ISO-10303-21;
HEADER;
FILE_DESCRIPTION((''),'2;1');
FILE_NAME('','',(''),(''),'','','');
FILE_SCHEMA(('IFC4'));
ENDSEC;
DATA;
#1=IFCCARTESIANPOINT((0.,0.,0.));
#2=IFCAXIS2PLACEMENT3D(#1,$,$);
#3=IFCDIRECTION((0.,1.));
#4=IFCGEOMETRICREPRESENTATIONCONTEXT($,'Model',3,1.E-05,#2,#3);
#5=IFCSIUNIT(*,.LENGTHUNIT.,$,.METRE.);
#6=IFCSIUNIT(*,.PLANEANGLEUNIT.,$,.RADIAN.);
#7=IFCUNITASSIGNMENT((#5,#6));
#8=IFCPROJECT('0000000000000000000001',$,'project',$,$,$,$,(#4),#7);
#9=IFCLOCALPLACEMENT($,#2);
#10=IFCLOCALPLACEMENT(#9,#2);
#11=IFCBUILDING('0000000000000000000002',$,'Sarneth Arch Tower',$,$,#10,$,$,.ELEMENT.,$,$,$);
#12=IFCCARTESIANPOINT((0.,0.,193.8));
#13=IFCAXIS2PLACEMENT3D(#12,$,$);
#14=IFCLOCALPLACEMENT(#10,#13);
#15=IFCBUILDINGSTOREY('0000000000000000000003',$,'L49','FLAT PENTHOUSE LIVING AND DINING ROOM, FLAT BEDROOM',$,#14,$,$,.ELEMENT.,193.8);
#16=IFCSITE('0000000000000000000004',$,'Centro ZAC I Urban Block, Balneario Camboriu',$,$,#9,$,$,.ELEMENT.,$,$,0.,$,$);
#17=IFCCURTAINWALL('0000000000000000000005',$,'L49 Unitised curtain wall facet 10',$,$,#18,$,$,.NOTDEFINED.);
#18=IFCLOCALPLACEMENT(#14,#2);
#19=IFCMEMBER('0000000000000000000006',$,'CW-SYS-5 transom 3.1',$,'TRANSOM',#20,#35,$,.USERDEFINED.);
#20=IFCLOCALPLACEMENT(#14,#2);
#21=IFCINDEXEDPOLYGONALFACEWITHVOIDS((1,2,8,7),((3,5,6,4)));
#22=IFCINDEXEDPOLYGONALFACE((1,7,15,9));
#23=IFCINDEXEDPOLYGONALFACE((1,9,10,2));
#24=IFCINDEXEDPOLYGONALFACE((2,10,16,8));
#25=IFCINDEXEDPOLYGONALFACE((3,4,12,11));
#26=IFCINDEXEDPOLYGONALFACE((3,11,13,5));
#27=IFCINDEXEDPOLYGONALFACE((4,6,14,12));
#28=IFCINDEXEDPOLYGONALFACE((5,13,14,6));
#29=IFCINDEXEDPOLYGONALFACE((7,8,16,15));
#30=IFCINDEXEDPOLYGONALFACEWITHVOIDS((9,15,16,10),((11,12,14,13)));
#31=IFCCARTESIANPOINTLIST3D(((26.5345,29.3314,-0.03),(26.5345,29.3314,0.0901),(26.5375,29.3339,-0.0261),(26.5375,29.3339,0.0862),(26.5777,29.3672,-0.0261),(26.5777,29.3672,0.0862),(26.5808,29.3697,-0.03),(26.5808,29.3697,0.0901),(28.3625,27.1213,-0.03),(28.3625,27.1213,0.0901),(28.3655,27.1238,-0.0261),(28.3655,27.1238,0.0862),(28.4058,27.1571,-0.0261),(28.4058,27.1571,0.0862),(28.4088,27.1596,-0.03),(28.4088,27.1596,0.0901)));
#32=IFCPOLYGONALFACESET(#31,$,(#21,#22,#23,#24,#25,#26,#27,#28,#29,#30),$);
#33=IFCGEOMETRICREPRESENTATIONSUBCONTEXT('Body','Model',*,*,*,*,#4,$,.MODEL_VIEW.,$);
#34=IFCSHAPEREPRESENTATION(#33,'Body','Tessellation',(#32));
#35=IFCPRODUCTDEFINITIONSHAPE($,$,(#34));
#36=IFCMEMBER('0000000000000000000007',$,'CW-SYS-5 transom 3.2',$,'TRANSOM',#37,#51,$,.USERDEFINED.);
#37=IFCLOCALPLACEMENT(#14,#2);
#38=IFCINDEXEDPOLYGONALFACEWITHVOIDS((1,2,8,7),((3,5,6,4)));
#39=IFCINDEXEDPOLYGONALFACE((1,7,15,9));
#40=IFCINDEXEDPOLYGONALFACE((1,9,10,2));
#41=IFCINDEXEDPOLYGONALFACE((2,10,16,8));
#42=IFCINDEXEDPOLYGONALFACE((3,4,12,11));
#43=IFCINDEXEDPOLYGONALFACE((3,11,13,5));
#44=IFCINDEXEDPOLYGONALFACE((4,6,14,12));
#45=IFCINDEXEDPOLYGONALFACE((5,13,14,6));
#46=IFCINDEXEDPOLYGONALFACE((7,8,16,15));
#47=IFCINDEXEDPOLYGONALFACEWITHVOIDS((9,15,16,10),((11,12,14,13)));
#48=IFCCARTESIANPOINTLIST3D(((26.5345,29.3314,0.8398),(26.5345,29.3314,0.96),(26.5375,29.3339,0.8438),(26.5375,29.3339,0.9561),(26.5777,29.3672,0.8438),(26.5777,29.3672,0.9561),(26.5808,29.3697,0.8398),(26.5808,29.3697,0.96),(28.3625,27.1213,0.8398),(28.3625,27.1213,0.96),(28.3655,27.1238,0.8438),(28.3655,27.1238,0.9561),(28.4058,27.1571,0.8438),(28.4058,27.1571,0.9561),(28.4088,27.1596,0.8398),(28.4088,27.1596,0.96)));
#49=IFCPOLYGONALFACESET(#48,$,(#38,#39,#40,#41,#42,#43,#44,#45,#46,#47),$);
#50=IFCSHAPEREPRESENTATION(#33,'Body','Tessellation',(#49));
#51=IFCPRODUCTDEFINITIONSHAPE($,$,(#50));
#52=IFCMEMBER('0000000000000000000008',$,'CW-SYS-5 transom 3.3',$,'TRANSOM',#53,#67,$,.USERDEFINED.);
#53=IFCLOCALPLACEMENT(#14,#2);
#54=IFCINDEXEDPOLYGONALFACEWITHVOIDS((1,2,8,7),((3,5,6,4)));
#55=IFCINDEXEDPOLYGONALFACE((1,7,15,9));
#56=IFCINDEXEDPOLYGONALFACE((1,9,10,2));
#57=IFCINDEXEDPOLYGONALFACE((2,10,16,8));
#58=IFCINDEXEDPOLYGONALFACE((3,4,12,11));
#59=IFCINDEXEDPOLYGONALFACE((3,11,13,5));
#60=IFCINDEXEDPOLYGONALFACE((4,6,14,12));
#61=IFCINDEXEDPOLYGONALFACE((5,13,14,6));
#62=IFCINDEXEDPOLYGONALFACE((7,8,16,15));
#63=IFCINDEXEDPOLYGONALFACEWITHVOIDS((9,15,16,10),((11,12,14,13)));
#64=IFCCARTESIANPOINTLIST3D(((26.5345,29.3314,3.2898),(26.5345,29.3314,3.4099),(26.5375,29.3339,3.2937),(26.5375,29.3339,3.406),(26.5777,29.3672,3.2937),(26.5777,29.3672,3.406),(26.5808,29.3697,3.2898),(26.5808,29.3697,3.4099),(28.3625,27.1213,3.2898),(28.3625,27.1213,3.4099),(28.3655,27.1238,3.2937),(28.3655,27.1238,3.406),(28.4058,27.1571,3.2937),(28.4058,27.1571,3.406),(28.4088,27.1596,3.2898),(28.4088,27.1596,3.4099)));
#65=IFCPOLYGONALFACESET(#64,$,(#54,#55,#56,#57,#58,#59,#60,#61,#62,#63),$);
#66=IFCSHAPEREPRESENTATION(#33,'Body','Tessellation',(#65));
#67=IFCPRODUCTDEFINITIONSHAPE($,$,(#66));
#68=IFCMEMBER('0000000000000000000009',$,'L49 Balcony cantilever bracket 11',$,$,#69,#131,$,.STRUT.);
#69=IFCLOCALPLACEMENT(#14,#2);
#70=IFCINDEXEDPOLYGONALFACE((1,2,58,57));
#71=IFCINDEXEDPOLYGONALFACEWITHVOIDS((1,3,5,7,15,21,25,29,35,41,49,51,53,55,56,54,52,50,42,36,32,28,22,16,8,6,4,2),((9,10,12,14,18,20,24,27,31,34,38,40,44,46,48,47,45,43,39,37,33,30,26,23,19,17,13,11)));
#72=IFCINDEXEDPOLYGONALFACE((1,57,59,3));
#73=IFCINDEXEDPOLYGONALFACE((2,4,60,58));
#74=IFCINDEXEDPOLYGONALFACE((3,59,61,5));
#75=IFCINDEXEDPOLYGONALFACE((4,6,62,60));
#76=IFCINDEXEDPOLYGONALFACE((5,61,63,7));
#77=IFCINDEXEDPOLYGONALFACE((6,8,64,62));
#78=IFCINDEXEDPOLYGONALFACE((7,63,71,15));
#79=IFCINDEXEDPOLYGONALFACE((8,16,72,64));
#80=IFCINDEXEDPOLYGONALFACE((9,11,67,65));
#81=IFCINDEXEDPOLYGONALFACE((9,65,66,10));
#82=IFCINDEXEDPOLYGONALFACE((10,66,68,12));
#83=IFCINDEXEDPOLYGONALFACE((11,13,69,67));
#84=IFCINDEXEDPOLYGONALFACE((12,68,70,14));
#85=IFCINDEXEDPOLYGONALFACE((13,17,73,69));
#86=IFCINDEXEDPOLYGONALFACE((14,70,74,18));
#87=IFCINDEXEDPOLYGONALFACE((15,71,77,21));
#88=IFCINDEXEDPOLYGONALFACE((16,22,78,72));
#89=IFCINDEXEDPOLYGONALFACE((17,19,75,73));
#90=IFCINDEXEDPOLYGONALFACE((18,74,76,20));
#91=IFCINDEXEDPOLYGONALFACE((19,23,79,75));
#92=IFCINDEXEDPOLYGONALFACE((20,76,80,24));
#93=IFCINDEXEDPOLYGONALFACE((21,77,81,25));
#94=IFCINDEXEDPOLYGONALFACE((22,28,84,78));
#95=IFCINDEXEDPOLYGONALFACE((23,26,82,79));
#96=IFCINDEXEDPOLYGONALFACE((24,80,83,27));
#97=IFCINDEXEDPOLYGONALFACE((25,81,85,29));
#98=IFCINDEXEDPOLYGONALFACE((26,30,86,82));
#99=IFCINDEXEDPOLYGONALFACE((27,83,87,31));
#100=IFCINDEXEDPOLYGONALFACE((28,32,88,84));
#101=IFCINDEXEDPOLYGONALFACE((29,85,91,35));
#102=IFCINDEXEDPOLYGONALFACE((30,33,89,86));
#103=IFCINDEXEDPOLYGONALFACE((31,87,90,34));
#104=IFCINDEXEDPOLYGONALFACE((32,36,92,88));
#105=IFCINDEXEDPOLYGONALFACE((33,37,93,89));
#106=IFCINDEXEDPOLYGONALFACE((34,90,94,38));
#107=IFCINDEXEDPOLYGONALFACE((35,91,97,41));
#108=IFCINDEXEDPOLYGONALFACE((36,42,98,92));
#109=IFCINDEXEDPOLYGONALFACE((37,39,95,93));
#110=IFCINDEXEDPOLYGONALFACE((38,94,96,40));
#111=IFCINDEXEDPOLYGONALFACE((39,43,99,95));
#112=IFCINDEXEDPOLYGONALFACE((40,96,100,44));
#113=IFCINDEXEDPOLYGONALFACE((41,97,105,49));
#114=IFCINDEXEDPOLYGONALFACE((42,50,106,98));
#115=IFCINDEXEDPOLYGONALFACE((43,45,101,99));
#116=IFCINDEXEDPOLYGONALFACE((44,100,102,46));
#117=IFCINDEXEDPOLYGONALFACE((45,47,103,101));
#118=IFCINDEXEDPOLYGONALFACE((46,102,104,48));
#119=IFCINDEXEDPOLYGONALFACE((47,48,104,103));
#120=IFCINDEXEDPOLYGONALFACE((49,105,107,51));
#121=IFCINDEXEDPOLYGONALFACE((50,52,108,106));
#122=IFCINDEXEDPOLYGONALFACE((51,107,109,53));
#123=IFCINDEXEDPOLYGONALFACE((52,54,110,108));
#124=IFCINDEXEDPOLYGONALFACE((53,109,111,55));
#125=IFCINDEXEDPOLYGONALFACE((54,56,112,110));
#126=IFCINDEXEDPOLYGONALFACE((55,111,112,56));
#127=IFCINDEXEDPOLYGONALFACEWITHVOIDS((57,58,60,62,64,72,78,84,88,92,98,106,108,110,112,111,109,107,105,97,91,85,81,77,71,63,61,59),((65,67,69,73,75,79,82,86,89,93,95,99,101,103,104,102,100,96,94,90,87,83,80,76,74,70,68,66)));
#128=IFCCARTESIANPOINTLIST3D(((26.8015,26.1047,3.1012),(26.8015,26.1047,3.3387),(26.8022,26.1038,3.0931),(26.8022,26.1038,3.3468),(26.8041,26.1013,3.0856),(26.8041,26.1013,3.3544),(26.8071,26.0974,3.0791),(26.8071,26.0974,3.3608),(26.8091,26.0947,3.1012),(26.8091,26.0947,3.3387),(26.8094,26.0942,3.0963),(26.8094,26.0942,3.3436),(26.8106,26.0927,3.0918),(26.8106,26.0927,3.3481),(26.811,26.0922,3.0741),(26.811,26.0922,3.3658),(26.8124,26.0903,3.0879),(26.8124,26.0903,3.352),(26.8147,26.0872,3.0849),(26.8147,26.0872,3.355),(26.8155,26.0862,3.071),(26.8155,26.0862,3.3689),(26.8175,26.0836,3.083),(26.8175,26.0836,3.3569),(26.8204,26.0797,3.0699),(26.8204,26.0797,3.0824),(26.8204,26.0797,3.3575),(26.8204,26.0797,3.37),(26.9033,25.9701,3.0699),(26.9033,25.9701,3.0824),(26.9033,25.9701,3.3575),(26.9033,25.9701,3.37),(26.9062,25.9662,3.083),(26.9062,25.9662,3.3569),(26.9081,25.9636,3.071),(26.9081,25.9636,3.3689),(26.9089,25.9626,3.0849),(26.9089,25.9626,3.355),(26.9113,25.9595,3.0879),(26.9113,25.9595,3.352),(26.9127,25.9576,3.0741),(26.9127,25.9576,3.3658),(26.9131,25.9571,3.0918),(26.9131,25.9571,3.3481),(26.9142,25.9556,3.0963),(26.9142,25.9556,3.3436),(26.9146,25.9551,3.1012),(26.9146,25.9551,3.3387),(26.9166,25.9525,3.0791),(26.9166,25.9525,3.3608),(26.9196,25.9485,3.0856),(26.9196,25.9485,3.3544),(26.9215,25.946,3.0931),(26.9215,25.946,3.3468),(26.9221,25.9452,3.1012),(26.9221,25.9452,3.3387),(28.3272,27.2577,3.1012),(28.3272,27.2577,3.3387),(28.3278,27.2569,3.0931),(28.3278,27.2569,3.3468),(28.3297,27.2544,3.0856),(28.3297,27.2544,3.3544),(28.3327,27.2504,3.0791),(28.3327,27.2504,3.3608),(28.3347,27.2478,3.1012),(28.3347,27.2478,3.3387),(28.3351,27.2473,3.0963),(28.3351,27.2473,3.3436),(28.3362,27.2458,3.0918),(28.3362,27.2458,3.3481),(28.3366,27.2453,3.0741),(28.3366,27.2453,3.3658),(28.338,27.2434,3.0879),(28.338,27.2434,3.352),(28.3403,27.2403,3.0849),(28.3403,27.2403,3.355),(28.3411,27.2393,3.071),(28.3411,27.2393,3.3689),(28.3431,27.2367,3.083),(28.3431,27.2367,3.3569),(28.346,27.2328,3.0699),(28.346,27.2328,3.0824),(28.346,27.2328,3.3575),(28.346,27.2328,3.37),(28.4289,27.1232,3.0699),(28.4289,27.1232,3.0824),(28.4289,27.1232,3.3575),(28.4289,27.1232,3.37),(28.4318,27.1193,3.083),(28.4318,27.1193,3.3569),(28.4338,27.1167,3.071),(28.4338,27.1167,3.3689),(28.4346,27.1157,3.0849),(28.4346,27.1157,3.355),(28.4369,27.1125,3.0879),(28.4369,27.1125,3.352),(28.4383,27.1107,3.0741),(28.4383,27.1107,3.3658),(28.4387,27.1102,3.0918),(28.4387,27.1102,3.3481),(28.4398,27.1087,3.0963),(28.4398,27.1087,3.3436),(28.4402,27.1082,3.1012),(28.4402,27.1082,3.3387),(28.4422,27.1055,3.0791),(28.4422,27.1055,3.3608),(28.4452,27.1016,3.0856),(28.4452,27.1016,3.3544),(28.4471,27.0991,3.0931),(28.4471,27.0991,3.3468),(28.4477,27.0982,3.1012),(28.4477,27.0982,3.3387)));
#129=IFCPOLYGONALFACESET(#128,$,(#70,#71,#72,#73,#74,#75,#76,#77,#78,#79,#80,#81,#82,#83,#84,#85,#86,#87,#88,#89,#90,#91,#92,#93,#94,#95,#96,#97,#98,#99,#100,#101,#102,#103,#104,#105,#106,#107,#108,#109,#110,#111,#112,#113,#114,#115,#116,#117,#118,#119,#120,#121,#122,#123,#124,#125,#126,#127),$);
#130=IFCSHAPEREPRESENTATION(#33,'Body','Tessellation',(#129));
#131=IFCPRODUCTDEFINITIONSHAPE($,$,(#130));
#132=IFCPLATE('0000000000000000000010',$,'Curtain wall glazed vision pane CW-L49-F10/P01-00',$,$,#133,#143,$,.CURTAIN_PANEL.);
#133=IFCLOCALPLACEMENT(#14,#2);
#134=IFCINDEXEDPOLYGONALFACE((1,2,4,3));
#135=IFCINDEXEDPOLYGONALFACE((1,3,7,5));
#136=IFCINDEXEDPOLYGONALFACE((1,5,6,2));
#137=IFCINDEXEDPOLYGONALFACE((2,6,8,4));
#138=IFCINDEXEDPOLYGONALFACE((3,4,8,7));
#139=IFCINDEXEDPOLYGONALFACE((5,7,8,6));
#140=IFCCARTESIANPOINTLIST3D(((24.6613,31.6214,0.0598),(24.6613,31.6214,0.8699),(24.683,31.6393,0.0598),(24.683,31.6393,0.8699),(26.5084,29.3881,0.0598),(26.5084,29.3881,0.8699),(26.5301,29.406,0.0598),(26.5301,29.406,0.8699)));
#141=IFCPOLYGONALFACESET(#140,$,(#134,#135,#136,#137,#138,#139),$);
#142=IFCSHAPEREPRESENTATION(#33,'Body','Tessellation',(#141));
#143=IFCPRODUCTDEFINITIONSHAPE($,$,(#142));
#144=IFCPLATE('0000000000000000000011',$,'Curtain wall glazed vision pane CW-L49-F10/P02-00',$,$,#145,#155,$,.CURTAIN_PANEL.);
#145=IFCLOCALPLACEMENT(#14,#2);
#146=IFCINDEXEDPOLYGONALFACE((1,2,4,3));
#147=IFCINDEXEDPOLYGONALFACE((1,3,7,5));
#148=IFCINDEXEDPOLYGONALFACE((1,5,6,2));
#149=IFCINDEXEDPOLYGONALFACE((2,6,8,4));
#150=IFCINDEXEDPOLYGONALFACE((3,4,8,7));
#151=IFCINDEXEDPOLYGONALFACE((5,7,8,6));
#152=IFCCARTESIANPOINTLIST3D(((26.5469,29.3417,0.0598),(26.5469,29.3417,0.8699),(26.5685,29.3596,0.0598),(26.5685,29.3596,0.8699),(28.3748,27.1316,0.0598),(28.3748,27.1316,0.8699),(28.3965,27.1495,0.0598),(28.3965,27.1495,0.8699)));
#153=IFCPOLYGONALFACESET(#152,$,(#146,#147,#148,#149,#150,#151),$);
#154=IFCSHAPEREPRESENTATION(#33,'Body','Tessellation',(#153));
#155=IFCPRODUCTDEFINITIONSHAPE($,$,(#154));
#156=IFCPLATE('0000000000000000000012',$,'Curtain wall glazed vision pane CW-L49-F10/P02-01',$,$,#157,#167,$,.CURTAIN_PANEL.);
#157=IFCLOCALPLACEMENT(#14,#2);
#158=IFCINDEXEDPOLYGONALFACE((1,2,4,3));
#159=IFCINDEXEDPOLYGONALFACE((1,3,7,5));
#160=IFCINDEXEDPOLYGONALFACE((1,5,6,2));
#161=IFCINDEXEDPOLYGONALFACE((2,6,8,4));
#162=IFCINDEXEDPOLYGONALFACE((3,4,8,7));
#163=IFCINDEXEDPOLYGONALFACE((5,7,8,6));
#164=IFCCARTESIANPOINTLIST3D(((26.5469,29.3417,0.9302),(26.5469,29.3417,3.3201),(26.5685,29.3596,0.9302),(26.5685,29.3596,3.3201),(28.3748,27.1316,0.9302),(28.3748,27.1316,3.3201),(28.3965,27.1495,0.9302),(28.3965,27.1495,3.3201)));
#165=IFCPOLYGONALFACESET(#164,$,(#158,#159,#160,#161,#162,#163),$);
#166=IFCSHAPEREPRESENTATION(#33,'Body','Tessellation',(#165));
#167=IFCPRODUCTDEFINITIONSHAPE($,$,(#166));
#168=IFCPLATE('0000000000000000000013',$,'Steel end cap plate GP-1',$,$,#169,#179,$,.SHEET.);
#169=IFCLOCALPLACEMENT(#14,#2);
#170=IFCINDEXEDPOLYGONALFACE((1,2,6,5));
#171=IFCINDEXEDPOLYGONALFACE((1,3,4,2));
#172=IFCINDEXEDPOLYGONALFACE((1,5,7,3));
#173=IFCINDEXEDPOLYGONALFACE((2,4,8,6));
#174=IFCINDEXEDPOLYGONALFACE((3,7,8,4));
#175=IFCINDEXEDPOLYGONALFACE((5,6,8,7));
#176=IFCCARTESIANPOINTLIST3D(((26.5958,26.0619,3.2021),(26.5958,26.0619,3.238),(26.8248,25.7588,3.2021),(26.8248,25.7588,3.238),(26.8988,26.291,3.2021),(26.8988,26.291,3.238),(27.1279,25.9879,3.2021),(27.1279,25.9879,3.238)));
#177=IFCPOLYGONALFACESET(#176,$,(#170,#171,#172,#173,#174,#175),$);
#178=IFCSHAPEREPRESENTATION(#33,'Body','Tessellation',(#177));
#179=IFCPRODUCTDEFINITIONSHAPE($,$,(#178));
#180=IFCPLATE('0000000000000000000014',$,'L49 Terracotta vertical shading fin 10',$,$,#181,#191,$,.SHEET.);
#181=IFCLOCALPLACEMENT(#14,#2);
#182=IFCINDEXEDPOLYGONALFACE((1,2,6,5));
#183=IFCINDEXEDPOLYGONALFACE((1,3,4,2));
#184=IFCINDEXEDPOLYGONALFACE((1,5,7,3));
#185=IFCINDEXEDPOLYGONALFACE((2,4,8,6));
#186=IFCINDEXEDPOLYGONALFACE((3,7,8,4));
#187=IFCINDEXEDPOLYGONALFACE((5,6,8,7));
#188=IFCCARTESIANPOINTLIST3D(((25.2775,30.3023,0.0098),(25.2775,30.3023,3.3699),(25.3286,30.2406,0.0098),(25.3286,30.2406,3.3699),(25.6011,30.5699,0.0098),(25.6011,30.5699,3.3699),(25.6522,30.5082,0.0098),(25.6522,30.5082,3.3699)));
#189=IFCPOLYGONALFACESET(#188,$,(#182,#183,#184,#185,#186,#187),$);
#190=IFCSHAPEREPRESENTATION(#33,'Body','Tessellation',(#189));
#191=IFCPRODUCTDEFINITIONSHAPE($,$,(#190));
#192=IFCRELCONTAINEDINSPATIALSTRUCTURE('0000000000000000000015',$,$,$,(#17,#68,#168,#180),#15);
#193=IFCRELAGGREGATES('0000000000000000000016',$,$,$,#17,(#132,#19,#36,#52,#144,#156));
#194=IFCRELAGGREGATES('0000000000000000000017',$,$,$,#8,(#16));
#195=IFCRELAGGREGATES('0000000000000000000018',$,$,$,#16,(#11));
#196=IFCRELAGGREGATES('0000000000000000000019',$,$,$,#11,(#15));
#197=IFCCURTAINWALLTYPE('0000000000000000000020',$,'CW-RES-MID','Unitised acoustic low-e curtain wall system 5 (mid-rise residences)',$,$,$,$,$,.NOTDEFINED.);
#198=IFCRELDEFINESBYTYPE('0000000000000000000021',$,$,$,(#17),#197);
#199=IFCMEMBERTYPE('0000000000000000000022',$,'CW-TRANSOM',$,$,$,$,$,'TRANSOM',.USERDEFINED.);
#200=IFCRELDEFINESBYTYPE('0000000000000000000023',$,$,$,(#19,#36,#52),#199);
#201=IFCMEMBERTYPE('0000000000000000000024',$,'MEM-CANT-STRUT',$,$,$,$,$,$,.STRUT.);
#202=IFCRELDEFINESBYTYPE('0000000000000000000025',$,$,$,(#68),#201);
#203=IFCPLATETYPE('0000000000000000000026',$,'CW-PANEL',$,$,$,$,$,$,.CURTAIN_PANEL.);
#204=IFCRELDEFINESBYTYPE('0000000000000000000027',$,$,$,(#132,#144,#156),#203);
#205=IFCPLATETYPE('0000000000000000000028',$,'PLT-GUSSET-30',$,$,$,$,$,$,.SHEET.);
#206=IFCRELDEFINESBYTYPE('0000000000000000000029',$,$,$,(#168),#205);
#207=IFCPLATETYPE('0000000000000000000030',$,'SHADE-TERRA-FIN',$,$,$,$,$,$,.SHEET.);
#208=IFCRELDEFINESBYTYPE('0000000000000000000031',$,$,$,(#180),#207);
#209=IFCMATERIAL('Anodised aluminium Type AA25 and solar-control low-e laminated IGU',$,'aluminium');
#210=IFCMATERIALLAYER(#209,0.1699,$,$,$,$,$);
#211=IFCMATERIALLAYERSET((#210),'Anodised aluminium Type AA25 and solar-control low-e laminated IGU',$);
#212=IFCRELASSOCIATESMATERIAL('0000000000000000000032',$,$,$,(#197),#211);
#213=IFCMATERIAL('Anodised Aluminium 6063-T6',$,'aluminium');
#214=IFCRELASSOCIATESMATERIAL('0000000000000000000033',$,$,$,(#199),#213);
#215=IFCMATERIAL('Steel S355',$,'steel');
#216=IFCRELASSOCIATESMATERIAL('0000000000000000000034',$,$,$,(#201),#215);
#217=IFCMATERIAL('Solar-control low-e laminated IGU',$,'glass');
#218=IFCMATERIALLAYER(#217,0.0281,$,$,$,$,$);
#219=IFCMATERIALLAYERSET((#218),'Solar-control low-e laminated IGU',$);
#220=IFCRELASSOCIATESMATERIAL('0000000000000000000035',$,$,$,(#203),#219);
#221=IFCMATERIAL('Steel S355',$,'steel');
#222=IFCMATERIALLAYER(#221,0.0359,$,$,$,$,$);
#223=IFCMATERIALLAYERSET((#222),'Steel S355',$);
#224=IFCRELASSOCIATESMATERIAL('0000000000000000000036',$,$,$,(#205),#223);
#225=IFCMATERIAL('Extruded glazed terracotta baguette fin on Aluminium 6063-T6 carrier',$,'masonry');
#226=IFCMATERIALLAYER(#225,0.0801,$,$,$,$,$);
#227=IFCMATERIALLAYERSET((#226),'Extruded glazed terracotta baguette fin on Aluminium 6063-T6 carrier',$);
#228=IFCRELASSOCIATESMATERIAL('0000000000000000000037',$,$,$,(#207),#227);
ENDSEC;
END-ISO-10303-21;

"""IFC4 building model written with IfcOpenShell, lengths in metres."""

from ifc_helpers import new_model, si_unit, direction, frame, origin, origin_2d, place, context, subcontext, project, spatial, rectangle, hollow_rectangle, extrude, material, layer, layer_set, material_profile, profile_set, type_object, element, aggregate, save


model = new_model("IFC4")

# Units and contexts
model_context = context("Model", 3, precision=1e-05, world=origin(), true_north=direction((0.0, 1.0)))
body_context = subcontext(model_context, "Body", "Model", "MODEL_VIEW")
ifc_project = project(units=[si_unit("LENGTHUNIT", "METRE"), si_unit("PLANEANGLEUNIT", "RADIAN")], contexts=[model_context])

# Site, building, storey
site_placement = place(None, origin())
site = spatial("IfcSite", under=ifc_project, at=site_placement, Name="Centro ZAC I Urban Block, Balneario Camboriu", CompositionType="ELEMENT", RefElevation=0.0)
building_placement = place(site_placement, origin())
building = spatial("IfcBuilding", under=site, at=building_placement, Name="Sarneth Arch Tower", CompositionType="ELEMENT")
storey_placement = place(building_placement, frame((0.0, 0.0, 193.8)))
storey = spatial("IfcBuildingStorey", under=building, at=storey_placement, Name="L49", Description="FLAT PENTHOUSE LIVING AND DINING ROOM, FLAT BEDROOM", CompositionType="ELEMENT", Elevation=193.8)

# Curtain wall, members
ifc_material_1 = material(Name="Anodised aluminium Type AA25 and solar-control low-e laminated IGU", Category="aluminium")
ifc_layer_1 = layer(ifc_material_1, 0.1699)
ifc_layer_set_1 = layer_set([ifc_layer_1], Name="Anodised aluminium Type AA25 and solar-control low-e laminated IGU")
curtain_wall_type = type_object("IfcCurtainWallType", Name="CW-RES-MID", Description="Unitised acoustic low-e curtain wall system 5 (mid-rise residences)", PredefinedType="NOTDEFINED", material=ifc_layer_set_1)
curtain_wall_placement = place(storey_placement, origin())
curtain_wall = element("IfcCurtainWall", 1, at=curtain_wall_placement, inside=storey, type_object=curtain_wall_type, Name="L49 Unitised curtain wall facet 10", PredefinedType="NOTDEFINED")
ifc_material_2 = material(Name="Anodised Aluminium 6063-T6", Category="aluminium")
ifc_material_profile_1 = material_profile(ifc_material_2, hollow_rectangle(XDim=0.0601, YDim=0.1201, WallThickness=0.0039, at=origin_2d()), Name="AL-TRAN-120x60x4")
ifc_profile_set_1 = profile_set([ifc_material_profile_1], Name="Anodised Aluminium 6063-T6")
member_type_1 = type_object("IfcMemberType", Name="CW-TRANSOM", ElementType="TRANSOM", PredefinedType="USERDEFINED", material=ifc_profile_set_1)
member_1_placement = place(storey_placement, frame((26.5576, 29.3506, 0.03), z_axis=(0.637359, -0.770567, 0.0), x_axis=(0.770567, 0.637359, 0.0)))
member_1 = element("IfcMember", 2, at=member_1_placement, type_object=member_type_1, Name="CW-SYS-5 transom 3.1", ObjectType="TRANSOM", PredefinedType="USERDEFINED", context=body_context, shape_type="SweptSolid", body=[
    extrude(hollow_rectangle(XDim=0.0601, YDim=0.1201, WallThickness=0.0039, at=origin_2d()), origin(), (0.0, 0.0, 1.0), 2.8682),
])
member_2_placement = place(storey_placement, frame((26.5576, 29.3506, 0.8999), z_axis=(0.637359, -0.770567, 0.0), x_axis=(0.770567, 0.637359, 0.0)))
member_2 = element("IfcMember", 3, at=member_2_placement, type_object=member_type_1, Name="CW-SYS-5 transom 3.2", ObjectType="TRANSOM", PredefinedType="USERDEFINED", context=body_context, shape_type="SweptSolid", body=[
    extrude(hollow_rectangle(XDim=0.0601, YDim=0.1201, WallThickness=0.0039, at=origin_2d()), origin(), (0.0, 0.0, 1.0), 2.8682),
])
member_3_placement = place(storey_placement, frame((26.5576, 29.3506, 3.3499), z_axis=(0.637359, -0.770567, 0.0), x_axis=(0.770567, 0.637359, 0.0)))
member_3 = element("IfcMember", 4, at=member_3_placement, type_object=member_type_1, Name="CW-SYS-5 transom 3.3", ObjectType="TRANSOM", PredefinedType="USERDEFINED", context=body_context, shape_type="SweptSolid", body=[
    extrude(hollow_rectangle(XDim=0.0601, YDim=0.1201, WallThickness=0.0039, at=origin_2d()), origin(), (0.0, 0.0, 1.0), 2.8682),
])

# Member
ifc_material_3 = material(Name="Steel S355", Category="steel")
ifc_material_profile_2 = material_profile(ifc_material_3, hollow_rectangle(XDim=0.2, YDim=0.3, WallThickness=0.0125, InnerFilletRadius=0.0188, OuterFilletRadius=0.0312, at=origin_2d()), Name="RHS300x200x12.5")
ifc_profile_set_2 = profile_set([ifc_material_profile_2], Name="Steel S355")
member_type_2 = type_object("IfcMemberType", Name="MEM-CANT-STRUT", PredefinedType="STRUT", material=ifc_profile_set_2)
member_4_placement = place(storey_placement, frame((28.3875, 27.178, 3.22), z_axis=(-0.797773, -0.602958, 0.0), x_axis=(0.602958, -0.797773, 0.0)))
element("IfcMember", 5, at=member_4_placement, inside=storey, type_object=member_type_2, Name="L49 Balcony cantilever bracket 11", PredefinedType="STRUT", context=body_context, shape_type="SweptSolid", body=[
    extrude(hollow_rectangle(XDim=0.2, YDim=0.3, WallThickness=0.0125, InnerFilletRadius=0.0188, OuterFilletRadius=0.0312, at=origin_2d()), origin(), (0.0, 0.0, 1.0), 1.9124),
])

# Plates
ifc_material_4 = material(Name="Solar-control low-e laminated IGU", Category="glass")
ifc_layer_2 = layer(ifc_material_4, 0.0281)
ifc_layer_set_2 = layer_set([ifc_layer_2], Name="Solar-control low-e laminated IGU")
plate_type_1 = type_object("IfcPlateType", Name="CW-PANEL", PredefinedType="CURTAIN_PANEL", material=ifc_layer_set_2)
plate_1_placement = place(storey_placement, frame((25.5957, 30.5137, 0.0598), z_axis=(0.0, 0.0, 1.0), x_axis=(0.63733, -0.770591, 0.0)))
plate_1 = element("IfcPlate", 6, at=plate_1_placement, type_object=plate_type_1, Name="Curtain wall glazed vision pane CW-L49-F10/P01-00", PredefinedType="CURTAIN_PANEL", context=body_context, shape_type="SweptSolid", body=[
    extrude(rectangle(XDim=2.8982, YDim=0.0281, at=origin_2d()), origin(), (0.0, 0.0, 1.0), 0.8101),
])
plate_2_placement = place(storey_placement, frame((27.4717, 28.2456, 0.0598), z_axis=(0.0, 0.0, 1.0), x_axis=(0.63733, -0.770591, 0.0)))
plate_2 = element("IfcPlate", 7, at=plate_2_placement, type_object=plate_type_1, Name="Curtain wall glazed vision pane CW-L49-F10/P02-00", PredefinedType="CURTAIN_PANEL", context=body_context, shape_type="SweptSolid", body=[
    extrude(rectangle(XDim=2.8682, YDim=0.0281, at=origin_2d()), origin(), (0.0, 0.0, 1.0), 0.8101),
])
plate_3_placement = place(storey_placement, frame((27.4717, 28.2456, 0.9302), z_axis=(0.0, 0.0, 1.0), x_axis=(0.63733, -0.770591, 0.0)))
plate_3 = element("IfcPlate", 8, at=plate_3_placement, type_object=plate_type_1, Name="Curtain wall glazed vision pane CW-L49-F10/P02-01", PredefinedType="CURTAIN_PANEL", context=body_context, shape_type="SweptSolid", body=[
    extrude(rectangle(XDim=2.8682, YDim=0.0281, at=origin_2d()), origin(), (0.0, 0.0, 1.0), 2.3899),
])
aggregate(curtain_wall, [plate_1, member_1, member_2, member_3, plate_2, plate_3])

# Plates
ifc_material_5 = material(Name="Steel S355", Category="steel")
ifc_layer_3 = layer(ifc_material_5, 0.0359)
ifc_layer_set_3 = layer_set([ifc_layer_3], Name="Steel S355")
plate_type_2 = type_object("IfcPlateType", Name="PLT-GUSSET-30", PredefinedType="SHEET", material=ifc_layer_set_3)
plate_4_placement = place(storey_placement, frame((26.8618, 26.0249, 3.2021), z_axis=(0.0, 0.0, 1.0), x_axis=(-0.797794, -0.60293, 0.0)))
element("IfcPlate", 9, at=plate_4_placement, inside=storey, type_object=plate_type_2, Name="Steel end cap plate GP-1", PredefinedType="SHEET", context=body_context, shape_type="SweptSolid", body=[
    extrude(rectangle(XDim=0.3799, YDim=0.3799, at=origin_2d()), origin(), (0.0, 0.0, 1.0), 0.0359),
])
ifc_material_6 = material(Name="Extruded glazed terracotta baguette fin on Aluminium 6063-T6 carrier", Category="masonry")
ifc_layer_4 = layer(ifc_material_6, 0.0801)
ifc_layer_set_4 = layer_set([ifc_layer_4], Name="Extruded glazed terracotta baguette fin on Aluminium 6063-T6 carrier")
plate_type_3 = type_object("IfcPlateType", Name="SHADE-TERRA-FIN", PredefinedType="SHEET", material=ifc_layer_set_4)
plate_5_placement = place(storey_placement, frame((25.4648, 30.4053, 0.0098), z_axis=(0.0, 0.0, 1.0), x_axis=(-0.770624, -0.63729, 0.0)))
element("IfcPlate", 10, at=plate_5_placement, inside=storey, type_object=plate_type_3, Name="L49 Terracotta vertical shading fin 10", PredefinedType="SHEET", context=body_context, shape_type="SweptSolid", body=[
    extrude(rectangle(XDim=0.4199, YDim=0.0801, at=origin_2d()), origin(), (0.0, 0.0, 1.0), 3.3601),
])

save(model, "model.ifc")
